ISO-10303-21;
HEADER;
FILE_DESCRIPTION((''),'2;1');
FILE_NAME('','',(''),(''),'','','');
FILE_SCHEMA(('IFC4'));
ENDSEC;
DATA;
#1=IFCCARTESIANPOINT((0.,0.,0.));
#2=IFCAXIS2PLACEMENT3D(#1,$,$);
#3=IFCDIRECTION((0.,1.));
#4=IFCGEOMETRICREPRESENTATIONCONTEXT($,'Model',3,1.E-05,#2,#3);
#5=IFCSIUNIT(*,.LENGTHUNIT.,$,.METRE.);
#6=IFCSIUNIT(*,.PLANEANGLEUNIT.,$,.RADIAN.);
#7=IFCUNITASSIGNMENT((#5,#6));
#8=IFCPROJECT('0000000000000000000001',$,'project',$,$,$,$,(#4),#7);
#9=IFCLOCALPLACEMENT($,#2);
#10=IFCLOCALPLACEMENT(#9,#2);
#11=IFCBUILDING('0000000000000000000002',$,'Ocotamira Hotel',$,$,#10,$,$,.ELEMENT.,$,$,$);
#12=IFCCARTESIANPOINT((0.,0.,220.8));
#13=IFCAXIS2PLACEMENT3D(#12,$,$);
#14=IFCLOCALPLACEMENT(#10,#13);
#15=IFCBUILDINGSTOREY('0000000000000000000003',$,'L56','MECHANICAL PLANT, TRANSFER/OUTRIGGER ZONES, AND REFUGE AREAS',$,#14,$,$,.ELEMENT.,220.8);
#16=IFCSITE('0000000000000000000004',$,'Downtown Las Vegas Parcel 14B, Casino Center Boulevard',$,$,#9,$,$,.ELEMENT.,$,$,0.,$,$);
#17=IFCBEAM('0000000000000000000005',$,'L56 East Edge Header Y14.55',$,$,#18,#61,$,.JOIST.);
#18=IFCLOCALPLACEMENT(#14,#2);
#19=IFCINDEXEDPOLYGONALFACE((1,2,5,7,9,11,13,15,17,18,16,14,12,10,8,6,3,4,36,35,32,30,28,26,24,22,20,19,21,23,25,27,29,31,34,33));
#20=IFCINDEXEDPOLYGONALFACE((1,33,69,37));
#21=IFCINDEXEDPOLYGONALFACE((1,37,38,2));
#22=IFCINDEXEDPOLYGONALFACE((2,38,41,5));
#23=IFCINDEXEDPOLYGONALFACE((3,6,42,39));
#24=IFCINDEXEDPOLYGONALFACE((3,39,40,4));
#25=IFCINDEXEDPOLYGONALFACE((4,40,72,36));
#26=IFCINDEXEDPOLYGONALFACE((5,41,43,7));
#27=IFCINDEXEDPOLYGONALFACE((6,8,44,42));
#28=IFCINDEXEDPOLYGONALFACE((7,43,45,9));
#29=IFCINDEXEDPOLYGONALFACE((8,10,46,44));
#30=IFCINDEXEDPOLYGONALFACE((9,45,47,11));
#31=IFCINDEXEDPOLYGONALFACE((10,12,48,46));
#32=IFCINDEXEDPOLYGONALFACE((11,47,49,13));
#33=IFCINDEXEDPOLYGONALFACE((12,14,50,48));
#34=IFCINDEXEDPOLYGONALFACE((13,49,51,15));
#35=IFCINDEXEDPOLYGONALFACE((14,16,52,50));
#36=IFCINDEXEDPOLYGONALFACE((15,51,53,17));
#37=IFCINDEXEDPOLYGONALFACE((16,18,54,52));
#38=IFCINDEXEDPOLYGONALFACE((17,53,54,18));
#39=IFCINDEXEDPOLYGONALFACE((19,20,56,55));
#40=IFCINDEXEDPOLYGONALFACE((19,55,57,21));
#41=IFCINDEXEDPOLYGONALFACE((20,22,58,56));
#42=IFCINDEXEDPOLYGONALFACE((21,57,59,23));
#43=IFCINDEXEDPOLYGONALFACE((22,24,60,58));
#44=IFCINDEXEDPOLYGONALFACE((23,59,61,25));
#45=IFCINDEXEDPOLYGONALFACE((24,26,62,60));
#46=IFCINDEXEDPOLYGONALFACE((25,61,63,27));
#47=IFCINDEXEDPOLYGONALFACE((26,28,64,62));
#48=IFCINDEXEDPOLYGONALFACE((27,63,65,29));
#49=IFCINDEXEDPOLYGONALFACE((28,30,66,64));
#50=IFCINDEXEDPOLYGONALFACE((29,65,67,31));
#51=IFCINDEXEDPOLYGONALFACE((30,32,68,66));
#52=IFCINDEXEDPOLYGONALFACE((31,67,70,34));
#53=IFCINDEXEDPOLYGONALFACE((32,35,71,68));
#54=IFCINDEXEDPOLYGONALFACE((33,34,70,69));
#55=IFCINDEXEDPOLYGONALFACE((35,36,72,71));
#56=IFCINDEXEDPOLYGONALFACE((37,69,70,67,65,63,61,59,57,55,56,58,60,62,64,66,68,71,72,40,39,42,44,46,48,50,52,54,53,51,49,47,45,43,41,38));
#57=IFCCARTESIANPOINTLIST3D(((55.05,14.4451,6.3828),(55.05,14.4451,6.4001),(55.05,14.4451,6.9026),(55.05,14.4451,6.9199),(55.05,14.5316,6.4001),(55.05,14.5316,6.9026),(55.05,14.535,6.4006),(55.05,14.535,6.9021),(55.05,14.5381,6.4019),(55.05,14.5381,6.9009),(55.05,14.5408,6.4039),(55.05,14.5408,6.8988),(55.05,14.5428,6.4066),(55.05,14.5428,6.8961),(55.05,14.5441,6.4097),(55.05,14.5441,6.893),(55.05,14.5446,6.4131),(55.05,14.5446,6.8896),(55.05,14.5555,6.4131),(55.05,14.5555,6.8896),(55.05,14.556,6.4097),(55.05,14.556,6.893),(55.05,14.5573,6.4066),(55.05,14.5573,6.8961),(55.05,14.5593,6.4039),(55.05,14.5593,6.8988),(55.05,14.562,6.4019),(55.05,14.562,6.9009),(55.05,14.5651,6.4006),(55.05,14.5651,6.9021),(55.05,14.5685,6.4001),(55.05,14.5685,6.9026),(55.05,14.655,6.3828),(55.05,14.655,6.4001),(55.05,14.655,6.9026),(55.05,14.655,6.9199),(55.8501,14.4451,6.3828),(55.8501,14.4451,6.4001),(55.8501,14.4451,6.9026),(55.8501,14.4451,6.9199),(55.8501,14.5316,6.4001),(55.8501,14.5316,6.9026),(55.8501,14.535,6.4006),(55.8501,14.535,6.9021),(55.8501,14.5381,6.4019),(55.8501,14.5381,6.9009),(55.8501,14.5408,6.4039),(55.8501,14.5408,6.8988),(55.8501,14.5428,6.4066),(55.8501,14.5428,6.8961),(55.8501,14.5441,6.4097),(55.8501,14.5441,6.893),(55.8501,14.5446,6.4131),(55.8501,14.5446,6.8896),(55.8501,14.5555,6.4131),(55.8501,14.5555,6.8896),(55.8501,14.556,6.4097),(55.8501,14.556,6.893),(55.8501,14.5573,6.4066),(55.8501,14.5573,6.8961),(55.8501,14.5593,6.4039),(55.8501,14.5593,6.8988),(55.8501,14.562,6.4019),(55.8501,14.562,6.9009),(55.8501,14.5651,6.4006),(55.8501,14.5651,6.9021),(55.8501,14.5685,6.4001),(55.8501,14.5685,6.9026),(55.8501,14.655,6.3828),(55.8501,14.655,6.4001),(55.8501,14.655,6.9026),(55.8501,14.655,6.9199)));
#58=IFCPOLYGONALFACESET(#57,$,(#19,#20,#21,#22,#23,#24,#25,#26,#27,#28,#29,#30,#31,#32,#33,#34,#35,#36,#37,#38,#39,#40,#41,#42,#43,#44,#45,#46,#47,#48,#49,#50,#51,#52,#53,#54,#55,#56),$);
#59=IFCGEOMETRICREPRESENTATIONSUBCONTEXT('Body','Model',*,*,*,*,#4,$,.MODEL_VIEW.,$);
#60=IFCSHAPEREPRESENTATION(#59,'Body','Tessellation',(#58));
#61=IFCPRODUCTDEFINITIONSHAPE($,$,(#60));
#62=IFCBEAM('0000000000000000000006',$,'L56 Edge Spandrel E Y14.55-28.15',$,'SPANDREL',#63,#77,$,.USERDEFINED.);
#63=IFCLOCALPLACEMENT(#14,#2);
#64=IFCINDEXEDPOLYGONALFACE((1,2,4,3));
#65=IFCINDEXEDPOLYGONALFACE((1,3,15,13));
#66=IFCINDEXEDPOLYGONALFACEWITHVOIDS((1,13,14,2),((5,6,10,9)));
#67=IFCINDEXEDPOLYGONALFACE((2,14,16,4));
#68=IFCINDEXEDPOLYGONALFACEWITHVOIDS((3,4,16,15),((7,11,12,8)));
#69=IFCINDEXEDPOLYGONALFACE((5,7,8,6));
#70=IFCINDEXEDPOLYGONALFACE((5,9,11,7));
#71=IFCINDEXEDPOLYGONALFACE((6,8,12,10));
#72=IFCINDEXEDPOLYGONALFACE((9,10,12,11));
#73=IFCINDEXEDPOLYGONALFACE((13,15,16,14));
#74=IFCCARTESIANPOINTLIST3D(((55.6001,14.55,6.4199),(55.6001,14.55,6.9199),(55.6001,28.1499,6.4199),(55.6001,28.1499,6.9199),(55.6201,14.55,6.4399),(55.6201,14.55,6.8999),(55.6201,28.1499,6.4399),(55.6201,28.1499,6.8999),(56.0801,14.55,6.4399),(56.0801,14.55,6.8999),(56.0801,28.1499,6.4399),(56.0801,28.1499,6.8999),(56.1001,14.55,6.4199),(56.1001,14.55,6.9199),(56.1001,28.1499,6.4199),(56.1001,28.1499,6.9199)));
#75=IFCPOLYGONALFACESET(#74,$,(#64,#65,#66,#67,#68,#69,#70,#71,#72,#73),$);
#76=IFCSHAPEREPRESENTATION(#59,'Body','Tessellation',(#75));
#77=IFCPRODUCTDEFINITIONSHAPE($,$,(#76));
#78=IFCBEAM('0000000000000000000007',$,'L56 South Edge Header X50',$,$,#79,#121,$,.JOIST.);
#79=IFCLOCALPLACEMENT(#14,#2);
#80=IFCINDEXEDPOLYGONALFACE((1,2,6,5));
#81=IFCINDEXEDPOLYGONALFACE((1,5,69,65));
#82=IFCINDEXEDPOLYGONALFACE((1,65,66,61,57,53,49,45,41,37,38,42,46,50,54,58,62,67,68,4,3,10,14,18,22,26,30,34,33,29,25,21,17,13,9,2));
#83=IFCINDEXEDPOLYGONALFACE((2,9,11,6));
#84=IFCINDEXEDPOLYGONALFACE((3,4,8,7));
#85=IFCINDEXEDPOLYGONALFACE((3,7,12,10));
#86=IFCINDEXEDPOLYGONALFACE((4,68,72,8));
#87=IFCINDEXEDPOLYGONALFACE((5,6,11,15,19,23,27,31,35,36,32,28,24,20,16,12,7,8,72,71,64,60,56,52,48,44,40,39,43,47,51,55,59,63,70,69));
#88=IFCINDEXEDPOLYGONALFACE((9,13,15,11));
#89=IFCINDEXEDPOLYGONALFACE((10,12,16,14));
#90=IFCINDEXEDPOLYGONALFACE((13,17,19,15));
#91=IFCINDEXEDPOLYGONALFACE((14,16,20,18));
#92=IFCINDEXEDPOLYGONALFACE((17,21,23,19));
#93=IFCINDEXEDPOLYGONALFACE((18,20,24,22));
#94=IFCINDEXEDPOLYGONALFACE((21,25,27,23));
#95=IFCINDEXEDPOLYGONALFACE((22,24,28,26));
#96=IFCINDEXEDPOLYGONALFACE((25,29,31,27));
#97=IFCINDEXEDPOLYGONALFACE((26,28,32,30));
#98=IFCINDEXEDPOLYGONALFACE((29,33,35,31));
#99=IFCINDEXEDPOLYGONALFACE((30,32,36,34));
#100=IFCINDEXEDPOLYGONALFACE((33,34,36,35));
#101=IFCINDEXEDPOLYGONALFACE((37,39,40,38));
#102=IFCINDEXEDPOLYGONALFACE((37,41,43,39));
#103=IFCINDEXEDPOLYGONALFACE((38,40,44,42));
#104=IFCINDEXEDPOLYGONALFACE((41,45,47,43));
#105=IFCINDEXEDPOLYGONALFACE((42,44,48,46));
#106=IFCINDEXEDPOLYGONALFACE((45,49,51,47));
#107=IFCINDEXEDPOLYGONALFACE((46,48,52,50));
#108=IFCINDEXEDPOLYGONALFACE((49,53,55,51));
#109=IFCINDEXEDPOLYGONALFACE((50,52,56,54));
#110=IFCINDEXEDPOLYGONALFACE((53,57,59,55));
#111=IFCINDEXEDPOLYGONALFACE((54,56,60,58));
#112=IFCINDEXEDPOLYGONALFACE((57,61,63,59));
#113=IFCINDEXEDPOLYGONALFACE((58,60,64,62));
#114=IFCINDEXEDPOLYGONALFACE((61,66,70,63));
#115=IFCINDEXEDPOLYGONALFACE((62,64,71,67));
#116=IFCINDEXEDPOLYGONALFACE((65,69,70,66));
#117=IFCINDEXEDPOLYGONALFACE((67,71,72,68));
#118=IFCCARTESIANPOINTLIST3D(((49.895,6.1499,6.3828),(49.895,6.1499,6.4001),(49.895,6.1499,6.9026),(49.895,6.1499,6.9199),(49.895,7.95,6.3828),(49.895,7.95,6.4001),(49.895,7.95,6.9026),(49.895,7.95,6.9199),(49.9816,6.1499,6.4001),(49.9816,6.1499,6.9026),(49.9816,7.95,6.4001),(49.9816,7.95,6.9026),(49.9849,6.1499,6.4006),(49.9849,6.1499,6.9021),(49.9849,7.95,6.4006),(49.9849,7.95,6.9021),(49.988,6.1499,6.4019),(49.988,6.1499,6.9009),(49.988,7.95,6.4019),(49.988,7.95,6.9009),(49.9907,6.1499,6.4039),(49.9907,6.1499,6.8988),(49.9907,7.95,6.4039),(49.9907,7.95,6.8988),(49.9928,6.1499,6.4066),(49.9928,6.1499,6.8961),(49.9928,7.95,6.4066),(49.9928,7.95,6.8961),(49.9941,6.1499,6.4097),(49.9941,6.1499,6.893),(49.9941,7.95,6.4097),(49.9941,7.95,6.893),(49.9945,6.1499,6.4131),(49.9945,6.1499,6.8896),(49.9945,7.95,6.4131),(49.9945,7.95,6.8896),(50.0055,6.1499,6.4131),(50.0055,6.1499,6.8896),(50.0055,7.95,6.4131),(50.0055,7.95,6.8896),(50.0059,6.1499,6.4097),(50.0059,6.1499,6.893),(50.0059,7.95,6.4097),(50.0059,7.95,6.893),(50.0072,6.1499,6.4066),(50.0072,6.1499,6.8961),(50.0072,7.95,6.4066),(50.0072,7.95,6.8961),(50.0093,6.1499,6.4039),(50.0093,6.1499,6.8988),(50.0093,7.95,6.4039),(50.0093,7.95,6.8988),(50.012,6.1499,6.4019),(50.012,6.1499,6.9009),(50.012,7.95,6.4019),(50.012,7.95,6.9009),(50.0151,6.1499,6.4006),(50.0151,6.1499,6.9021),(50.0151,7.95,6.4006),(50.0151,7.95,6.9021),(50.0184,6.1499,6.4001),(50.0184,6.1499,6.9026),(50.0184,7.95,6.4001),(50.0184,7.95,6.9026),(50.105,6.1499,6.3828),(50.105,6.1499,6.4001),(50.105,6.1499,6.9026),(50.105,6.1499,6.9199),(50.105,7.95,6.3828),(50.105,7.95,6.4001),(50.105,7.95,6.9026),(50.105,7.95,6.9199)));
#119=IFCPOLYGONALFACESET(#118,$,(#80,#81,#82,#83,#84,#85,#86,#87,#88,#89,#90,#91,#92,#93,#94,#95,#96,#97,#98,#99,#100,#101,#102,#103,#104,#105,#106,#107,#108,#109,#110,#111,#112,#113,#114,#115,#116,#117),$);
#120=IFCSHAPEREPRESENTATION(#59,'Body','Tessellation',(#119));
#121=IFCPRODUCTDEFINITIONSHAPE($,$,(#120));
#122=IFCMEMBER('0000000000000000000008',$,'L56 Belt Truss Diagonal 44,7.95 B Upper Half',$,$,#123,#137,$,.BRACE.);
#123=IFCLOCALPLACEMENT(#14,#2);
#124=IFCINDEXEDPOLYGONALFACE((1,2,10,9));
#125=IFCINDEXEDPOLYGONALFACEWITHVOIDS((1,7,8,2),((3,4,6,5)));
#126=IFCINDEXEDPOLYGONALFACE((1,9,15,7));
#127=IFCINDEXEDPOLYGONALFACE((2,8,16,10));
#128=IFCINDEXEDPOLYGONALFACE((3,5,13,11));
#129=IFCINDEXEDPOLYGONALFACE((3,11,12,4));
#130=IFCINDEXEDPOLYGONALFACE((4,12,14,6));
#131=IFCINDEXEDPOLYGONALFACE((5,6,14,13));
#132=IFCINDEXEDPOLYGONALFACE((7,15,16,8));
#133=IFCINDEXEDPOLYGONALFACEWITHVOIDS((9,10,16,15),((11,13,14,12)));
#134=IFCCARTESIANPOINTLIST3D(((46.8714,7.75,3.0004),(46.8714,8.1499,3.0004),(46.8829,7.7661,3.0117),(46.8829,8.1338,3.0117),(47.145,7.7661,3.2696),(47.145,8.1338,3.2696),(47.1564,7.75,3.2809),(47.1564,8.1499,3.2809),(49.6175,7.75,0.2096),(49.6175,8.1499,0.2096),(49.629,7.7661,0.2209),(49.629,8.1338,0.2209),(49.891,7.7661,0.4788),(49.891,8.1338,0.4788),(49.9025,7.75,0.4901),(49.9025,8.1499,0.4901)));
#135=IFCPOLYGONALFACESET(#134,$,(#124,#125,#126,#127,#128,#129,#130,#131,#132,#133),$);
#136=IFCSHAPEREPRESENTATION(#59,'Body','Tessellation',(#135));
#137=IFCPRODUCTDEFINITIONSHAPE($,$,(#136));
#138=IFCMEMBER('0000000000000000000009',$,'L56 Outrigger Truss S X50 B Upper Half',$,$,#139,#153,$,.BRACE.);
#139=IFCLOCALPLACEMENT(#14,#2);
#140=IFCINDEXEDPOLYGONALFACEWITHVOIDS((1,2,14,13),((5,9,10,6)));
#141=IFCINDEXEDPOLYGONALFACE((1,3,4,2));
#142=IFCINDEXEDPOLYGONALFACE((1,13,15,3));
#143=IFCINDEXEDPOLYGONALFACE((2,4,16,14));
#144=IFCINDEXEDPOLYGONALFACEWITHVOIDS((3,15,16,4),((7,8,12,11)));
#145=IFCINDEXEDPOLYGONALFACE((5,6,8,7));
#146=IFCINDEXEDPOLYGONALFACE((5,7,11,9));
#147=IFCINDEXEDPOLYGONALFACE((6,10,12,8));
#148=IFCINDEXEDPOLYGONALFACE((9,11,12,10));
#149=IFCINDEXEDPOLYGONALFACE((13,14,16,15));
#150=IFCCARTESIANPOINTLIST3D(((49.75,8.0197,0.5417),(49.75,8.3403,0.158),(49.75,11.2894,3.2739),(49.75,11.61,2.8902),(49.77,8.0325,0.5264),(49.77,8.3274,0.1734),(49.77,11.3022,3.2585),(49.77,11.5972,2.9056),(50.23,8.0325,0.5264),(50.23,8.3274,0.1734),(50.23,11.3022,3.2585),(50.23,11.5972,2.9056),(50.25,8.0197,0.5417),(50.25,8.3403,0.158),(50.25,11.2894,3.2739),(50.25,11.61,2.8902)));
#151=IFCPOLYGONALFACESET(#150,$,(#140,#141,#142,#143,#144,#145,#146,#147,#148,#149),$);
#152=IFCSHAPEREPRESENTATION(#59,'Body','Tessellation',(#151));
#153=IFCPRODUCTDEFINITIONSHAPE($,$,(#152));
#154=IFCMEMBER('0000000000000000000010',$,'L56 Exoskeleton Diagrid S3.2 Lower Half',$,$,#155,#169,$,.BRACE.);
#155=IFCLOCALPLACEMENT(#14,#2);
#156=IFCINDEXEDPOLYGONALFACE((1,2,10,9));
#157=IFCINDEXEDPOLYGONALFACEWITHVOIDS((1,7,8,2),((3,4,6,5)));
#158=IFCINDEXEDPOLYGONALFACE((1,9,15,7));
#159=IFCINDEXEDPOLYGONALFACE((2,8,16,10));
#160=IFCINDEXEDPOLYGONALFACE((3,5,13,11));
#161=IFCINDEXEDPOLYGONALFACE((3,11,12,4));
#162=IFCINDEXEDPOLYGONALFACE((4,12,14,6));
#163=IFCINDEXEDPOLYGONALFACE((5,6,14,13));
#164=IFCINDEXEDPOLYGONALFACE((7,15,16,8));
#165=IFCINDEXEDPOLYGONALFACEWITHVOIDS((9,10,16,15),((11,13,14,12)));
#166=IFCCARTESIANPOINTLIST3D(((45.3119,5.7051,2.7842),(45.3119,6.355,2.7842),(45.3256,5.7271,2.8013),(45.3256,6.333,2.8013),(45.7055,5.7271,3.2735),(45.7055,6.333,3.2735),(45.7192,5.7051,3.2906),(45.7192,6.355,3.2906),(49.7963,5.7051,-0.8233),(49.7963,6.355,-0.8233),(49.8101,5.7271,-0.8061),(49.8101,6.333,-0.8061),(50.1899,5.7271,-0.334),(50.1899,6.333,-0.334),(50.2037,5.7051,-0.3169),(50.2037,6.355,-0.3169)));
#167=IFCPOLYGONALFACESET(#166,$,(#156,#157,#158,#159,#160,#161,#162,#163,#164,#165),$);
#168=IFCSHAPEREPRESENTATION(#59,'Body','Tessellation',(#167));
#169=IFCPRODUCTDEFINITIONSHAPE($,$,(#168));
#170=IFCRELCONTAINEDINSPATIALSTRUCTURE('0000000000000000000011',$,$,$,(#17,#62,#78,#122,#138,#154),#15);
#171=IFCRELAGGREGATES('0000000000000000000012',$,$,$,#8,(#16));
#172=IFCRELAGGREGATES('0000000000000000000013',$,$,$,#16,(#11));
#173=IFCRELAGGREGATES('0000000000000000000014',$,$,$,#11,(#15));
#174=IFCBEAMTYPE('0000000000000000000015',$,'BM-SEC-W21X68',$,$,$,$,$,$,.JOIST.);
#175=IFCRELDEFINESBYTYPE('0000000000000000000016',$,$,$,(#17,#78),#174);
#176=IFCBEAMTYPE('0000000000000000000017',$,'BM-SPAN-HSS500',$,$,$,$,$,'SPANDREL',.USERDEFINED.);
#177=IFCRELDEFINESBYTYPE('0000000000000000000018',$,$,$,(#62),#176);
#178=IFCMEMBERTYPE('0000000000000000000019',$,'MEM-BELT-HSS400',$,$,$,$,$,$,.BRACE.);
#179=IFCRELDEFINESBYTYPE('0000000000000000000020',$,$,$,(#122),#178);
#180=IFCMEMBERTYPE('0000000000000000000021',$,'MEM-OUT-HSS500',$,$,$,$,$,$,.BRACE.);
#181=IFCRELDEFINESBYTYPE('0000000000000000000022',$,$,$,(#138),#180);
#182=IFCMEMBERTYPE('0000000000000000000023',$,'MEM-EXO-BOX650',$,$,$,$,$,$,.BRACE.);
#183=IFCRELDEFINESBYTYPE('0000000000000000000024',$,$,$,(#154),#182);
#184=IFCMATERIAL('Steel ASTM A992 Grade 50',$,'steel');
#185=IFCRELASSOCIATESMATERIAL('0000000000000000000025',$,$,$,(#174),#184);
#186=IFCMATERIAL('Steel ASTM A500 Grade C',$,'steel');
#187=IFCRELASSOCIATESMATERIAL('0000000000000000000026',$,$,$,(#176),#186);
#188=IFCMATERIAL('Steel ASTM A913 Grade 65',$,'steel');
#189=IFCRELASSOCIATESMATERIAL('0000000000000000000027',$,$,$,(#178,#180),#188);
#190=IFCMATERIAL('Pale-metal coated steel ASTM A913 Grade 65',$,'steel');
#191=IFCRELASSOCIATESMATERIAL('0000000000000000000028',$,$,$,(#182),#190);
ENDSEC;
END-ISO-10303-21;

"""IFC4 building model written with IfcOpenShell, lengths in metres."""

from ifc_helpers import new_model, si_unit, direction, frame, origin, origin_2d, place, context, subcontext, project, spatial, hollow_rectangle, i_section, extrude, source, transform, mapped, material, material_profile, profile_set, type_object, element, save


model = new_model("IFC4")

# Units and contexts
model_context = context("Model", 3, precision=1e-05, world=origin(), true_north=direction((0.0, 1.0)))
body_context = subcontext(model_context, "Body", "Model", "MODEL_VIEW")
ifc_project = project(units=[si_unit("LENGTHUNIT", "METRE"), si_unit("PLANEANGLEUNIT", "RADIAN")], contexts=[model_context])

# Site, building, storey
site_placement = place(None, origin())
site = spatial("IfcSite", under=ifc_project, at=site_placement, Name="Downtown Las Vegas Parcel 14B, Casino Center Boulevard", CompositionType="ELEMENT", RefElevation=0.0)
building_placement = place(site_placement, origin())
building = spatial("IfcBuilding", under=site, at=building_placement, Name="Ocotamira Hotel", CompositionType="ELEMENT")
storey_placement = place(building_placement, frame((0.0, 0.0, 220.8)))
storey = spatial("IfcBuildingStorey", under=building, at=storey_placement, Name="L56", Description="MECHANICAL PLANT, TRANSFER/OUTRIGGER ZONES, AND REFUGE AREAS", CompositionType="ELEMENT", Elevation=220.8)

# Shared definitions
ifc_material_1 = material(Name="Steel ASTM A913 Grade 65", Category="steel")

# Beams
ifc_material_2 = material(Name="Steel ASTM A992 Grade 50", Category="steel")
ifc_material_profile_1 = material_profile(ifc_material_2, i_section(OverallWidth=0.21, OverallDepth=0.5371, WebThickness=0.011, FlangeThickness=0.0173, FilletRadius=0.0129, at=origin_2d()), Name="W21X68")
ifc_profile_set_1 = profile_set([ifc_material_profile_1], Name="Steel ASTM A992 Grade 50")
beam_type_1 = type_object("IfcBeamType", Name="BM-SEC-W21X68", PredefinedType="JOIST", material=ifc_profile_set_1)
shared_shape_1 = source(origin(), body_context, "Body", "SweptSolid", [
    extrude(i_section(OverallWidth=0.21, OverallDepth=0.5371, WebThickness=0.011, FlangeThickness=0.0173, FilletRadius=0.0129, at=origin_2d()), origin(), (0.0, 0.0, 1.0), 0.8),
])
beam_1_placement = place(storey_placement, frame((55.05, 14.55, 6.6514), z_axis=(1.0, 0.0, 0.0), x_axis=(0.0, 1.0, 0.0)))
element("IfcBeam", 1, at=beam_1_placement, inside=storey, type_object=beam_type_1, Name="L56 East Edge Header Y14.55", PredefinedType="JOIST", context=body_context, shape_type="MappedRepresentation", body=[
    mapped(shared_shape_1, transform((0.0, 0.0, 0.0), scale=1.0)),
])
ifc_material_3 = material(Name="Steel ASTM A500 Grade C", Category="steel")
ifc_material_profile_2 = material_profile(ifc_material_3, hollow_rectangle(XDim=0.5, YDim=0.5, WallThickness=0.02, at=origin_2d()), Name="HSS500X500X20")
ifc_profile_set_2 = profile_set([ifc_material_profile_2], Name="Steel ASTM A500 Grade C")
beam_type_2 = type_object("IfcBeamType", Name="BM-SPAN-HSS500", ElementType="SPANDREL", PredefinedType="USERDEFINED", material=ifc_profile_set_2)
shared_shape_2 = source(origin(), body_context, "Body", "SweptSolid", [
    extrude(hollow_rectangle(XDim=0.5, YDim=0.5, WallThickness=0.02, at=origin_2d()), origin(), (0.0, 0.0, 1.0), 13.5999),
])
beam_2_placement = place(storey_placement, frame((55.8501, 14.55, 6.6699), z_axis=(0.0, 1.0, 0.0), x_axis=(-1.0, 0.0, 0.0)))
element("IfcBeam", 2, at=beam_2_placement, inside=storey, type_object=beam_type_2, Name="L56 Edge Spandrel E Y14.55-28.15", ObjectType="SPANDREL", PredefinedType="USERDEFINED", context=body_context, shape_type="MappedRepresentation", body=[
    mapped(shared_shape_2, transform((0.0, 0.0, 0.0), scale=1.0)),
])
shared_shape_3 = source(origin(), body_context, "Body", "SweptSolid", [
    extrude(i_section(OverallWidth=0.21, OverallDepth=0.5371, WebThickness=0.011, FlangeThickness=0.0173, FilletRadius=0.0129, at=origin_2d()), origin(), (0.0, 0.0, 1.0), 1.8),
])
beam_3_placement = place(storey_placement, frame((50.0, 7.95, 6.6514), z_axis=(0.0, -1.0, 0.0), x_axis=(1.0, 0.0, 0.0)))
element("IfcBeam", 3, at=beam_3_placement, inside=storey, type_object=beam_type_1, Name="L56 South Edge Header X50", PredefinedType="JOIST", context=body_context, shape_type="MappedRepresentation", body=[
    mapped(shared_shape_3, transform((0.0, 0.0, 0.0), scale=1.0)),
])

# Members
ifc_material_profile_3 = material_profile(ifc_material_1, hollow_rectangle(XDim=0.3999, YDim=0.3999, WallThickness=0.0161, at=origin_2d()), Name="HSS400X400X16")
ifc_profile_set_3 = profile_set([ifc_material_profile_3], Name="Steel ASTM A913 Grade 65")
member_type_1 = type_object("IfcMemberType", Name="MEM-BELT-HSS400", PredefinedType="BRACE", material=ifc_profile_set_3)
shared_shape_4 = source(origin(), body_context, "Body", "SweptSolid", [
    extrude(hollow_rectangle(XDim=0.3999, YDim=0.3999, WallThickness=0.0161, at=origin_2d()), origin(), (0.0, 0.0, 1.0), 3.9153),
])
member_1_placement = place(storey_placement, frame((47.0139, 7.95, 3.1406), z_axis=(0.701378, 0.0, -0.712789), x_axis=(0.0, 1.0, 0.0)))
element("IfcMember", 4, at=member_1_placement, inside=storey, type_object=member_type_1, Name="L56 Belt Truss Diagonal 44,7.95 B Upper Half", PredefinedType="BRACE", context=body_context, shape_type="MappedRepresentation", body=[
    mapped(shared_shape_4, transform((0.0, 0.0, 0.0), scale=1.0)),
])
ifc_material_profile_4 = material_profile(ifc_material_1, hollow_rectangle(XDim=0.5, YDim=0.5, WallThickness=0.02, at=origin_2d()), Name="HSS500X500X20")
ifc_profile_set_4 = profile_set([ifc_material_profile_4], Name="Steel ASTM A913 Grade 65")
member_type_2 = type_object("IfcMemberType", Name="MEM-OUT-HSS500", PredefinedType="BRACE", material=ifc_profile_set_4)
shared_shape_5 = source(origin(), body_context, "Body", "SweptSolid", [
    extrude(hollow_rectangle(XDim=0.5, YDim=0.5, WallThickness=0.02, at=origin_2d()), origin(), (0.0, 0.0, 1.0), 4.261),
])
member_2_placement = place(storey_placement, frame((50.0, 11.4497, 3.082), z_axis=(0.0, -0.767371, -0.641204), x_axis=(1.0, 0.0, 0.0)))
element("IfcMember", 5, at=member_2_placement, inside=storey, type_object=member_type_2, Name="L56 Outrigger Truss S X50 B Upper Half", PredefinedType="BRACE", context=body_context, shape_type="MappedRepresentation", body=[
    mapped(shared_shape_5, transform((0.0, 0.0, 0.0), scale=1.0)),
])
ifc_material_4 = material(Name="Pale-metal coated steel ASTM A913 Grade 65", Category="steel")
ifc_material_profile_5 = material_profile(ifc_material_4, hollow_rectangle(XDim=0.6499, YDim=0.6499, WallThickness=0.022, at=origin_2d()), Name="BOX650X650X22")
ifc_profile_set_5 = profile_set([ifc_material_profile_5], Name="Pale-metal coated steel ASTM A913 Grade 65")
member_type_3 = type_object("IfcMemberType", Name="MEM-EXO-BOX650", PredefinedType="BRACE", material=ifc_profile_set_5)
shared_shape_6 = source(origin(), body_context, "Body", "SweptSolid", [
    extrude(hollow_rectangle(XDim=0.6499, YDim=0.6499, WallThickness=0.022, at=origin_2d()), origin(), (0.0, 0.0, 1.0), 5.7554),
])
for number, where, z_axis, x_axis, name in (
    (6, (50.0, 6.03, -0.5701), (-0.779177, 0.0, 0.626803), (0.0, -1.0, 0.0), "L56 Exoskeleton Diagrid S3.2 Lower Half"),
):
    element("IfcMember", number, at=place(storey_placement, frame(where, z_axis=z_axis, x_axis=x_axis)), inside=storey, type_object=member_type_3, Name=name, PredefinedType="BRACE", context=body_context, shape_type="MappedRepresentation", body=[
        mapped(shared_shape_6, transform((0.0, 0.0, 0.0), scale=1.0)),
    ])

save(model, "model.ifc")
